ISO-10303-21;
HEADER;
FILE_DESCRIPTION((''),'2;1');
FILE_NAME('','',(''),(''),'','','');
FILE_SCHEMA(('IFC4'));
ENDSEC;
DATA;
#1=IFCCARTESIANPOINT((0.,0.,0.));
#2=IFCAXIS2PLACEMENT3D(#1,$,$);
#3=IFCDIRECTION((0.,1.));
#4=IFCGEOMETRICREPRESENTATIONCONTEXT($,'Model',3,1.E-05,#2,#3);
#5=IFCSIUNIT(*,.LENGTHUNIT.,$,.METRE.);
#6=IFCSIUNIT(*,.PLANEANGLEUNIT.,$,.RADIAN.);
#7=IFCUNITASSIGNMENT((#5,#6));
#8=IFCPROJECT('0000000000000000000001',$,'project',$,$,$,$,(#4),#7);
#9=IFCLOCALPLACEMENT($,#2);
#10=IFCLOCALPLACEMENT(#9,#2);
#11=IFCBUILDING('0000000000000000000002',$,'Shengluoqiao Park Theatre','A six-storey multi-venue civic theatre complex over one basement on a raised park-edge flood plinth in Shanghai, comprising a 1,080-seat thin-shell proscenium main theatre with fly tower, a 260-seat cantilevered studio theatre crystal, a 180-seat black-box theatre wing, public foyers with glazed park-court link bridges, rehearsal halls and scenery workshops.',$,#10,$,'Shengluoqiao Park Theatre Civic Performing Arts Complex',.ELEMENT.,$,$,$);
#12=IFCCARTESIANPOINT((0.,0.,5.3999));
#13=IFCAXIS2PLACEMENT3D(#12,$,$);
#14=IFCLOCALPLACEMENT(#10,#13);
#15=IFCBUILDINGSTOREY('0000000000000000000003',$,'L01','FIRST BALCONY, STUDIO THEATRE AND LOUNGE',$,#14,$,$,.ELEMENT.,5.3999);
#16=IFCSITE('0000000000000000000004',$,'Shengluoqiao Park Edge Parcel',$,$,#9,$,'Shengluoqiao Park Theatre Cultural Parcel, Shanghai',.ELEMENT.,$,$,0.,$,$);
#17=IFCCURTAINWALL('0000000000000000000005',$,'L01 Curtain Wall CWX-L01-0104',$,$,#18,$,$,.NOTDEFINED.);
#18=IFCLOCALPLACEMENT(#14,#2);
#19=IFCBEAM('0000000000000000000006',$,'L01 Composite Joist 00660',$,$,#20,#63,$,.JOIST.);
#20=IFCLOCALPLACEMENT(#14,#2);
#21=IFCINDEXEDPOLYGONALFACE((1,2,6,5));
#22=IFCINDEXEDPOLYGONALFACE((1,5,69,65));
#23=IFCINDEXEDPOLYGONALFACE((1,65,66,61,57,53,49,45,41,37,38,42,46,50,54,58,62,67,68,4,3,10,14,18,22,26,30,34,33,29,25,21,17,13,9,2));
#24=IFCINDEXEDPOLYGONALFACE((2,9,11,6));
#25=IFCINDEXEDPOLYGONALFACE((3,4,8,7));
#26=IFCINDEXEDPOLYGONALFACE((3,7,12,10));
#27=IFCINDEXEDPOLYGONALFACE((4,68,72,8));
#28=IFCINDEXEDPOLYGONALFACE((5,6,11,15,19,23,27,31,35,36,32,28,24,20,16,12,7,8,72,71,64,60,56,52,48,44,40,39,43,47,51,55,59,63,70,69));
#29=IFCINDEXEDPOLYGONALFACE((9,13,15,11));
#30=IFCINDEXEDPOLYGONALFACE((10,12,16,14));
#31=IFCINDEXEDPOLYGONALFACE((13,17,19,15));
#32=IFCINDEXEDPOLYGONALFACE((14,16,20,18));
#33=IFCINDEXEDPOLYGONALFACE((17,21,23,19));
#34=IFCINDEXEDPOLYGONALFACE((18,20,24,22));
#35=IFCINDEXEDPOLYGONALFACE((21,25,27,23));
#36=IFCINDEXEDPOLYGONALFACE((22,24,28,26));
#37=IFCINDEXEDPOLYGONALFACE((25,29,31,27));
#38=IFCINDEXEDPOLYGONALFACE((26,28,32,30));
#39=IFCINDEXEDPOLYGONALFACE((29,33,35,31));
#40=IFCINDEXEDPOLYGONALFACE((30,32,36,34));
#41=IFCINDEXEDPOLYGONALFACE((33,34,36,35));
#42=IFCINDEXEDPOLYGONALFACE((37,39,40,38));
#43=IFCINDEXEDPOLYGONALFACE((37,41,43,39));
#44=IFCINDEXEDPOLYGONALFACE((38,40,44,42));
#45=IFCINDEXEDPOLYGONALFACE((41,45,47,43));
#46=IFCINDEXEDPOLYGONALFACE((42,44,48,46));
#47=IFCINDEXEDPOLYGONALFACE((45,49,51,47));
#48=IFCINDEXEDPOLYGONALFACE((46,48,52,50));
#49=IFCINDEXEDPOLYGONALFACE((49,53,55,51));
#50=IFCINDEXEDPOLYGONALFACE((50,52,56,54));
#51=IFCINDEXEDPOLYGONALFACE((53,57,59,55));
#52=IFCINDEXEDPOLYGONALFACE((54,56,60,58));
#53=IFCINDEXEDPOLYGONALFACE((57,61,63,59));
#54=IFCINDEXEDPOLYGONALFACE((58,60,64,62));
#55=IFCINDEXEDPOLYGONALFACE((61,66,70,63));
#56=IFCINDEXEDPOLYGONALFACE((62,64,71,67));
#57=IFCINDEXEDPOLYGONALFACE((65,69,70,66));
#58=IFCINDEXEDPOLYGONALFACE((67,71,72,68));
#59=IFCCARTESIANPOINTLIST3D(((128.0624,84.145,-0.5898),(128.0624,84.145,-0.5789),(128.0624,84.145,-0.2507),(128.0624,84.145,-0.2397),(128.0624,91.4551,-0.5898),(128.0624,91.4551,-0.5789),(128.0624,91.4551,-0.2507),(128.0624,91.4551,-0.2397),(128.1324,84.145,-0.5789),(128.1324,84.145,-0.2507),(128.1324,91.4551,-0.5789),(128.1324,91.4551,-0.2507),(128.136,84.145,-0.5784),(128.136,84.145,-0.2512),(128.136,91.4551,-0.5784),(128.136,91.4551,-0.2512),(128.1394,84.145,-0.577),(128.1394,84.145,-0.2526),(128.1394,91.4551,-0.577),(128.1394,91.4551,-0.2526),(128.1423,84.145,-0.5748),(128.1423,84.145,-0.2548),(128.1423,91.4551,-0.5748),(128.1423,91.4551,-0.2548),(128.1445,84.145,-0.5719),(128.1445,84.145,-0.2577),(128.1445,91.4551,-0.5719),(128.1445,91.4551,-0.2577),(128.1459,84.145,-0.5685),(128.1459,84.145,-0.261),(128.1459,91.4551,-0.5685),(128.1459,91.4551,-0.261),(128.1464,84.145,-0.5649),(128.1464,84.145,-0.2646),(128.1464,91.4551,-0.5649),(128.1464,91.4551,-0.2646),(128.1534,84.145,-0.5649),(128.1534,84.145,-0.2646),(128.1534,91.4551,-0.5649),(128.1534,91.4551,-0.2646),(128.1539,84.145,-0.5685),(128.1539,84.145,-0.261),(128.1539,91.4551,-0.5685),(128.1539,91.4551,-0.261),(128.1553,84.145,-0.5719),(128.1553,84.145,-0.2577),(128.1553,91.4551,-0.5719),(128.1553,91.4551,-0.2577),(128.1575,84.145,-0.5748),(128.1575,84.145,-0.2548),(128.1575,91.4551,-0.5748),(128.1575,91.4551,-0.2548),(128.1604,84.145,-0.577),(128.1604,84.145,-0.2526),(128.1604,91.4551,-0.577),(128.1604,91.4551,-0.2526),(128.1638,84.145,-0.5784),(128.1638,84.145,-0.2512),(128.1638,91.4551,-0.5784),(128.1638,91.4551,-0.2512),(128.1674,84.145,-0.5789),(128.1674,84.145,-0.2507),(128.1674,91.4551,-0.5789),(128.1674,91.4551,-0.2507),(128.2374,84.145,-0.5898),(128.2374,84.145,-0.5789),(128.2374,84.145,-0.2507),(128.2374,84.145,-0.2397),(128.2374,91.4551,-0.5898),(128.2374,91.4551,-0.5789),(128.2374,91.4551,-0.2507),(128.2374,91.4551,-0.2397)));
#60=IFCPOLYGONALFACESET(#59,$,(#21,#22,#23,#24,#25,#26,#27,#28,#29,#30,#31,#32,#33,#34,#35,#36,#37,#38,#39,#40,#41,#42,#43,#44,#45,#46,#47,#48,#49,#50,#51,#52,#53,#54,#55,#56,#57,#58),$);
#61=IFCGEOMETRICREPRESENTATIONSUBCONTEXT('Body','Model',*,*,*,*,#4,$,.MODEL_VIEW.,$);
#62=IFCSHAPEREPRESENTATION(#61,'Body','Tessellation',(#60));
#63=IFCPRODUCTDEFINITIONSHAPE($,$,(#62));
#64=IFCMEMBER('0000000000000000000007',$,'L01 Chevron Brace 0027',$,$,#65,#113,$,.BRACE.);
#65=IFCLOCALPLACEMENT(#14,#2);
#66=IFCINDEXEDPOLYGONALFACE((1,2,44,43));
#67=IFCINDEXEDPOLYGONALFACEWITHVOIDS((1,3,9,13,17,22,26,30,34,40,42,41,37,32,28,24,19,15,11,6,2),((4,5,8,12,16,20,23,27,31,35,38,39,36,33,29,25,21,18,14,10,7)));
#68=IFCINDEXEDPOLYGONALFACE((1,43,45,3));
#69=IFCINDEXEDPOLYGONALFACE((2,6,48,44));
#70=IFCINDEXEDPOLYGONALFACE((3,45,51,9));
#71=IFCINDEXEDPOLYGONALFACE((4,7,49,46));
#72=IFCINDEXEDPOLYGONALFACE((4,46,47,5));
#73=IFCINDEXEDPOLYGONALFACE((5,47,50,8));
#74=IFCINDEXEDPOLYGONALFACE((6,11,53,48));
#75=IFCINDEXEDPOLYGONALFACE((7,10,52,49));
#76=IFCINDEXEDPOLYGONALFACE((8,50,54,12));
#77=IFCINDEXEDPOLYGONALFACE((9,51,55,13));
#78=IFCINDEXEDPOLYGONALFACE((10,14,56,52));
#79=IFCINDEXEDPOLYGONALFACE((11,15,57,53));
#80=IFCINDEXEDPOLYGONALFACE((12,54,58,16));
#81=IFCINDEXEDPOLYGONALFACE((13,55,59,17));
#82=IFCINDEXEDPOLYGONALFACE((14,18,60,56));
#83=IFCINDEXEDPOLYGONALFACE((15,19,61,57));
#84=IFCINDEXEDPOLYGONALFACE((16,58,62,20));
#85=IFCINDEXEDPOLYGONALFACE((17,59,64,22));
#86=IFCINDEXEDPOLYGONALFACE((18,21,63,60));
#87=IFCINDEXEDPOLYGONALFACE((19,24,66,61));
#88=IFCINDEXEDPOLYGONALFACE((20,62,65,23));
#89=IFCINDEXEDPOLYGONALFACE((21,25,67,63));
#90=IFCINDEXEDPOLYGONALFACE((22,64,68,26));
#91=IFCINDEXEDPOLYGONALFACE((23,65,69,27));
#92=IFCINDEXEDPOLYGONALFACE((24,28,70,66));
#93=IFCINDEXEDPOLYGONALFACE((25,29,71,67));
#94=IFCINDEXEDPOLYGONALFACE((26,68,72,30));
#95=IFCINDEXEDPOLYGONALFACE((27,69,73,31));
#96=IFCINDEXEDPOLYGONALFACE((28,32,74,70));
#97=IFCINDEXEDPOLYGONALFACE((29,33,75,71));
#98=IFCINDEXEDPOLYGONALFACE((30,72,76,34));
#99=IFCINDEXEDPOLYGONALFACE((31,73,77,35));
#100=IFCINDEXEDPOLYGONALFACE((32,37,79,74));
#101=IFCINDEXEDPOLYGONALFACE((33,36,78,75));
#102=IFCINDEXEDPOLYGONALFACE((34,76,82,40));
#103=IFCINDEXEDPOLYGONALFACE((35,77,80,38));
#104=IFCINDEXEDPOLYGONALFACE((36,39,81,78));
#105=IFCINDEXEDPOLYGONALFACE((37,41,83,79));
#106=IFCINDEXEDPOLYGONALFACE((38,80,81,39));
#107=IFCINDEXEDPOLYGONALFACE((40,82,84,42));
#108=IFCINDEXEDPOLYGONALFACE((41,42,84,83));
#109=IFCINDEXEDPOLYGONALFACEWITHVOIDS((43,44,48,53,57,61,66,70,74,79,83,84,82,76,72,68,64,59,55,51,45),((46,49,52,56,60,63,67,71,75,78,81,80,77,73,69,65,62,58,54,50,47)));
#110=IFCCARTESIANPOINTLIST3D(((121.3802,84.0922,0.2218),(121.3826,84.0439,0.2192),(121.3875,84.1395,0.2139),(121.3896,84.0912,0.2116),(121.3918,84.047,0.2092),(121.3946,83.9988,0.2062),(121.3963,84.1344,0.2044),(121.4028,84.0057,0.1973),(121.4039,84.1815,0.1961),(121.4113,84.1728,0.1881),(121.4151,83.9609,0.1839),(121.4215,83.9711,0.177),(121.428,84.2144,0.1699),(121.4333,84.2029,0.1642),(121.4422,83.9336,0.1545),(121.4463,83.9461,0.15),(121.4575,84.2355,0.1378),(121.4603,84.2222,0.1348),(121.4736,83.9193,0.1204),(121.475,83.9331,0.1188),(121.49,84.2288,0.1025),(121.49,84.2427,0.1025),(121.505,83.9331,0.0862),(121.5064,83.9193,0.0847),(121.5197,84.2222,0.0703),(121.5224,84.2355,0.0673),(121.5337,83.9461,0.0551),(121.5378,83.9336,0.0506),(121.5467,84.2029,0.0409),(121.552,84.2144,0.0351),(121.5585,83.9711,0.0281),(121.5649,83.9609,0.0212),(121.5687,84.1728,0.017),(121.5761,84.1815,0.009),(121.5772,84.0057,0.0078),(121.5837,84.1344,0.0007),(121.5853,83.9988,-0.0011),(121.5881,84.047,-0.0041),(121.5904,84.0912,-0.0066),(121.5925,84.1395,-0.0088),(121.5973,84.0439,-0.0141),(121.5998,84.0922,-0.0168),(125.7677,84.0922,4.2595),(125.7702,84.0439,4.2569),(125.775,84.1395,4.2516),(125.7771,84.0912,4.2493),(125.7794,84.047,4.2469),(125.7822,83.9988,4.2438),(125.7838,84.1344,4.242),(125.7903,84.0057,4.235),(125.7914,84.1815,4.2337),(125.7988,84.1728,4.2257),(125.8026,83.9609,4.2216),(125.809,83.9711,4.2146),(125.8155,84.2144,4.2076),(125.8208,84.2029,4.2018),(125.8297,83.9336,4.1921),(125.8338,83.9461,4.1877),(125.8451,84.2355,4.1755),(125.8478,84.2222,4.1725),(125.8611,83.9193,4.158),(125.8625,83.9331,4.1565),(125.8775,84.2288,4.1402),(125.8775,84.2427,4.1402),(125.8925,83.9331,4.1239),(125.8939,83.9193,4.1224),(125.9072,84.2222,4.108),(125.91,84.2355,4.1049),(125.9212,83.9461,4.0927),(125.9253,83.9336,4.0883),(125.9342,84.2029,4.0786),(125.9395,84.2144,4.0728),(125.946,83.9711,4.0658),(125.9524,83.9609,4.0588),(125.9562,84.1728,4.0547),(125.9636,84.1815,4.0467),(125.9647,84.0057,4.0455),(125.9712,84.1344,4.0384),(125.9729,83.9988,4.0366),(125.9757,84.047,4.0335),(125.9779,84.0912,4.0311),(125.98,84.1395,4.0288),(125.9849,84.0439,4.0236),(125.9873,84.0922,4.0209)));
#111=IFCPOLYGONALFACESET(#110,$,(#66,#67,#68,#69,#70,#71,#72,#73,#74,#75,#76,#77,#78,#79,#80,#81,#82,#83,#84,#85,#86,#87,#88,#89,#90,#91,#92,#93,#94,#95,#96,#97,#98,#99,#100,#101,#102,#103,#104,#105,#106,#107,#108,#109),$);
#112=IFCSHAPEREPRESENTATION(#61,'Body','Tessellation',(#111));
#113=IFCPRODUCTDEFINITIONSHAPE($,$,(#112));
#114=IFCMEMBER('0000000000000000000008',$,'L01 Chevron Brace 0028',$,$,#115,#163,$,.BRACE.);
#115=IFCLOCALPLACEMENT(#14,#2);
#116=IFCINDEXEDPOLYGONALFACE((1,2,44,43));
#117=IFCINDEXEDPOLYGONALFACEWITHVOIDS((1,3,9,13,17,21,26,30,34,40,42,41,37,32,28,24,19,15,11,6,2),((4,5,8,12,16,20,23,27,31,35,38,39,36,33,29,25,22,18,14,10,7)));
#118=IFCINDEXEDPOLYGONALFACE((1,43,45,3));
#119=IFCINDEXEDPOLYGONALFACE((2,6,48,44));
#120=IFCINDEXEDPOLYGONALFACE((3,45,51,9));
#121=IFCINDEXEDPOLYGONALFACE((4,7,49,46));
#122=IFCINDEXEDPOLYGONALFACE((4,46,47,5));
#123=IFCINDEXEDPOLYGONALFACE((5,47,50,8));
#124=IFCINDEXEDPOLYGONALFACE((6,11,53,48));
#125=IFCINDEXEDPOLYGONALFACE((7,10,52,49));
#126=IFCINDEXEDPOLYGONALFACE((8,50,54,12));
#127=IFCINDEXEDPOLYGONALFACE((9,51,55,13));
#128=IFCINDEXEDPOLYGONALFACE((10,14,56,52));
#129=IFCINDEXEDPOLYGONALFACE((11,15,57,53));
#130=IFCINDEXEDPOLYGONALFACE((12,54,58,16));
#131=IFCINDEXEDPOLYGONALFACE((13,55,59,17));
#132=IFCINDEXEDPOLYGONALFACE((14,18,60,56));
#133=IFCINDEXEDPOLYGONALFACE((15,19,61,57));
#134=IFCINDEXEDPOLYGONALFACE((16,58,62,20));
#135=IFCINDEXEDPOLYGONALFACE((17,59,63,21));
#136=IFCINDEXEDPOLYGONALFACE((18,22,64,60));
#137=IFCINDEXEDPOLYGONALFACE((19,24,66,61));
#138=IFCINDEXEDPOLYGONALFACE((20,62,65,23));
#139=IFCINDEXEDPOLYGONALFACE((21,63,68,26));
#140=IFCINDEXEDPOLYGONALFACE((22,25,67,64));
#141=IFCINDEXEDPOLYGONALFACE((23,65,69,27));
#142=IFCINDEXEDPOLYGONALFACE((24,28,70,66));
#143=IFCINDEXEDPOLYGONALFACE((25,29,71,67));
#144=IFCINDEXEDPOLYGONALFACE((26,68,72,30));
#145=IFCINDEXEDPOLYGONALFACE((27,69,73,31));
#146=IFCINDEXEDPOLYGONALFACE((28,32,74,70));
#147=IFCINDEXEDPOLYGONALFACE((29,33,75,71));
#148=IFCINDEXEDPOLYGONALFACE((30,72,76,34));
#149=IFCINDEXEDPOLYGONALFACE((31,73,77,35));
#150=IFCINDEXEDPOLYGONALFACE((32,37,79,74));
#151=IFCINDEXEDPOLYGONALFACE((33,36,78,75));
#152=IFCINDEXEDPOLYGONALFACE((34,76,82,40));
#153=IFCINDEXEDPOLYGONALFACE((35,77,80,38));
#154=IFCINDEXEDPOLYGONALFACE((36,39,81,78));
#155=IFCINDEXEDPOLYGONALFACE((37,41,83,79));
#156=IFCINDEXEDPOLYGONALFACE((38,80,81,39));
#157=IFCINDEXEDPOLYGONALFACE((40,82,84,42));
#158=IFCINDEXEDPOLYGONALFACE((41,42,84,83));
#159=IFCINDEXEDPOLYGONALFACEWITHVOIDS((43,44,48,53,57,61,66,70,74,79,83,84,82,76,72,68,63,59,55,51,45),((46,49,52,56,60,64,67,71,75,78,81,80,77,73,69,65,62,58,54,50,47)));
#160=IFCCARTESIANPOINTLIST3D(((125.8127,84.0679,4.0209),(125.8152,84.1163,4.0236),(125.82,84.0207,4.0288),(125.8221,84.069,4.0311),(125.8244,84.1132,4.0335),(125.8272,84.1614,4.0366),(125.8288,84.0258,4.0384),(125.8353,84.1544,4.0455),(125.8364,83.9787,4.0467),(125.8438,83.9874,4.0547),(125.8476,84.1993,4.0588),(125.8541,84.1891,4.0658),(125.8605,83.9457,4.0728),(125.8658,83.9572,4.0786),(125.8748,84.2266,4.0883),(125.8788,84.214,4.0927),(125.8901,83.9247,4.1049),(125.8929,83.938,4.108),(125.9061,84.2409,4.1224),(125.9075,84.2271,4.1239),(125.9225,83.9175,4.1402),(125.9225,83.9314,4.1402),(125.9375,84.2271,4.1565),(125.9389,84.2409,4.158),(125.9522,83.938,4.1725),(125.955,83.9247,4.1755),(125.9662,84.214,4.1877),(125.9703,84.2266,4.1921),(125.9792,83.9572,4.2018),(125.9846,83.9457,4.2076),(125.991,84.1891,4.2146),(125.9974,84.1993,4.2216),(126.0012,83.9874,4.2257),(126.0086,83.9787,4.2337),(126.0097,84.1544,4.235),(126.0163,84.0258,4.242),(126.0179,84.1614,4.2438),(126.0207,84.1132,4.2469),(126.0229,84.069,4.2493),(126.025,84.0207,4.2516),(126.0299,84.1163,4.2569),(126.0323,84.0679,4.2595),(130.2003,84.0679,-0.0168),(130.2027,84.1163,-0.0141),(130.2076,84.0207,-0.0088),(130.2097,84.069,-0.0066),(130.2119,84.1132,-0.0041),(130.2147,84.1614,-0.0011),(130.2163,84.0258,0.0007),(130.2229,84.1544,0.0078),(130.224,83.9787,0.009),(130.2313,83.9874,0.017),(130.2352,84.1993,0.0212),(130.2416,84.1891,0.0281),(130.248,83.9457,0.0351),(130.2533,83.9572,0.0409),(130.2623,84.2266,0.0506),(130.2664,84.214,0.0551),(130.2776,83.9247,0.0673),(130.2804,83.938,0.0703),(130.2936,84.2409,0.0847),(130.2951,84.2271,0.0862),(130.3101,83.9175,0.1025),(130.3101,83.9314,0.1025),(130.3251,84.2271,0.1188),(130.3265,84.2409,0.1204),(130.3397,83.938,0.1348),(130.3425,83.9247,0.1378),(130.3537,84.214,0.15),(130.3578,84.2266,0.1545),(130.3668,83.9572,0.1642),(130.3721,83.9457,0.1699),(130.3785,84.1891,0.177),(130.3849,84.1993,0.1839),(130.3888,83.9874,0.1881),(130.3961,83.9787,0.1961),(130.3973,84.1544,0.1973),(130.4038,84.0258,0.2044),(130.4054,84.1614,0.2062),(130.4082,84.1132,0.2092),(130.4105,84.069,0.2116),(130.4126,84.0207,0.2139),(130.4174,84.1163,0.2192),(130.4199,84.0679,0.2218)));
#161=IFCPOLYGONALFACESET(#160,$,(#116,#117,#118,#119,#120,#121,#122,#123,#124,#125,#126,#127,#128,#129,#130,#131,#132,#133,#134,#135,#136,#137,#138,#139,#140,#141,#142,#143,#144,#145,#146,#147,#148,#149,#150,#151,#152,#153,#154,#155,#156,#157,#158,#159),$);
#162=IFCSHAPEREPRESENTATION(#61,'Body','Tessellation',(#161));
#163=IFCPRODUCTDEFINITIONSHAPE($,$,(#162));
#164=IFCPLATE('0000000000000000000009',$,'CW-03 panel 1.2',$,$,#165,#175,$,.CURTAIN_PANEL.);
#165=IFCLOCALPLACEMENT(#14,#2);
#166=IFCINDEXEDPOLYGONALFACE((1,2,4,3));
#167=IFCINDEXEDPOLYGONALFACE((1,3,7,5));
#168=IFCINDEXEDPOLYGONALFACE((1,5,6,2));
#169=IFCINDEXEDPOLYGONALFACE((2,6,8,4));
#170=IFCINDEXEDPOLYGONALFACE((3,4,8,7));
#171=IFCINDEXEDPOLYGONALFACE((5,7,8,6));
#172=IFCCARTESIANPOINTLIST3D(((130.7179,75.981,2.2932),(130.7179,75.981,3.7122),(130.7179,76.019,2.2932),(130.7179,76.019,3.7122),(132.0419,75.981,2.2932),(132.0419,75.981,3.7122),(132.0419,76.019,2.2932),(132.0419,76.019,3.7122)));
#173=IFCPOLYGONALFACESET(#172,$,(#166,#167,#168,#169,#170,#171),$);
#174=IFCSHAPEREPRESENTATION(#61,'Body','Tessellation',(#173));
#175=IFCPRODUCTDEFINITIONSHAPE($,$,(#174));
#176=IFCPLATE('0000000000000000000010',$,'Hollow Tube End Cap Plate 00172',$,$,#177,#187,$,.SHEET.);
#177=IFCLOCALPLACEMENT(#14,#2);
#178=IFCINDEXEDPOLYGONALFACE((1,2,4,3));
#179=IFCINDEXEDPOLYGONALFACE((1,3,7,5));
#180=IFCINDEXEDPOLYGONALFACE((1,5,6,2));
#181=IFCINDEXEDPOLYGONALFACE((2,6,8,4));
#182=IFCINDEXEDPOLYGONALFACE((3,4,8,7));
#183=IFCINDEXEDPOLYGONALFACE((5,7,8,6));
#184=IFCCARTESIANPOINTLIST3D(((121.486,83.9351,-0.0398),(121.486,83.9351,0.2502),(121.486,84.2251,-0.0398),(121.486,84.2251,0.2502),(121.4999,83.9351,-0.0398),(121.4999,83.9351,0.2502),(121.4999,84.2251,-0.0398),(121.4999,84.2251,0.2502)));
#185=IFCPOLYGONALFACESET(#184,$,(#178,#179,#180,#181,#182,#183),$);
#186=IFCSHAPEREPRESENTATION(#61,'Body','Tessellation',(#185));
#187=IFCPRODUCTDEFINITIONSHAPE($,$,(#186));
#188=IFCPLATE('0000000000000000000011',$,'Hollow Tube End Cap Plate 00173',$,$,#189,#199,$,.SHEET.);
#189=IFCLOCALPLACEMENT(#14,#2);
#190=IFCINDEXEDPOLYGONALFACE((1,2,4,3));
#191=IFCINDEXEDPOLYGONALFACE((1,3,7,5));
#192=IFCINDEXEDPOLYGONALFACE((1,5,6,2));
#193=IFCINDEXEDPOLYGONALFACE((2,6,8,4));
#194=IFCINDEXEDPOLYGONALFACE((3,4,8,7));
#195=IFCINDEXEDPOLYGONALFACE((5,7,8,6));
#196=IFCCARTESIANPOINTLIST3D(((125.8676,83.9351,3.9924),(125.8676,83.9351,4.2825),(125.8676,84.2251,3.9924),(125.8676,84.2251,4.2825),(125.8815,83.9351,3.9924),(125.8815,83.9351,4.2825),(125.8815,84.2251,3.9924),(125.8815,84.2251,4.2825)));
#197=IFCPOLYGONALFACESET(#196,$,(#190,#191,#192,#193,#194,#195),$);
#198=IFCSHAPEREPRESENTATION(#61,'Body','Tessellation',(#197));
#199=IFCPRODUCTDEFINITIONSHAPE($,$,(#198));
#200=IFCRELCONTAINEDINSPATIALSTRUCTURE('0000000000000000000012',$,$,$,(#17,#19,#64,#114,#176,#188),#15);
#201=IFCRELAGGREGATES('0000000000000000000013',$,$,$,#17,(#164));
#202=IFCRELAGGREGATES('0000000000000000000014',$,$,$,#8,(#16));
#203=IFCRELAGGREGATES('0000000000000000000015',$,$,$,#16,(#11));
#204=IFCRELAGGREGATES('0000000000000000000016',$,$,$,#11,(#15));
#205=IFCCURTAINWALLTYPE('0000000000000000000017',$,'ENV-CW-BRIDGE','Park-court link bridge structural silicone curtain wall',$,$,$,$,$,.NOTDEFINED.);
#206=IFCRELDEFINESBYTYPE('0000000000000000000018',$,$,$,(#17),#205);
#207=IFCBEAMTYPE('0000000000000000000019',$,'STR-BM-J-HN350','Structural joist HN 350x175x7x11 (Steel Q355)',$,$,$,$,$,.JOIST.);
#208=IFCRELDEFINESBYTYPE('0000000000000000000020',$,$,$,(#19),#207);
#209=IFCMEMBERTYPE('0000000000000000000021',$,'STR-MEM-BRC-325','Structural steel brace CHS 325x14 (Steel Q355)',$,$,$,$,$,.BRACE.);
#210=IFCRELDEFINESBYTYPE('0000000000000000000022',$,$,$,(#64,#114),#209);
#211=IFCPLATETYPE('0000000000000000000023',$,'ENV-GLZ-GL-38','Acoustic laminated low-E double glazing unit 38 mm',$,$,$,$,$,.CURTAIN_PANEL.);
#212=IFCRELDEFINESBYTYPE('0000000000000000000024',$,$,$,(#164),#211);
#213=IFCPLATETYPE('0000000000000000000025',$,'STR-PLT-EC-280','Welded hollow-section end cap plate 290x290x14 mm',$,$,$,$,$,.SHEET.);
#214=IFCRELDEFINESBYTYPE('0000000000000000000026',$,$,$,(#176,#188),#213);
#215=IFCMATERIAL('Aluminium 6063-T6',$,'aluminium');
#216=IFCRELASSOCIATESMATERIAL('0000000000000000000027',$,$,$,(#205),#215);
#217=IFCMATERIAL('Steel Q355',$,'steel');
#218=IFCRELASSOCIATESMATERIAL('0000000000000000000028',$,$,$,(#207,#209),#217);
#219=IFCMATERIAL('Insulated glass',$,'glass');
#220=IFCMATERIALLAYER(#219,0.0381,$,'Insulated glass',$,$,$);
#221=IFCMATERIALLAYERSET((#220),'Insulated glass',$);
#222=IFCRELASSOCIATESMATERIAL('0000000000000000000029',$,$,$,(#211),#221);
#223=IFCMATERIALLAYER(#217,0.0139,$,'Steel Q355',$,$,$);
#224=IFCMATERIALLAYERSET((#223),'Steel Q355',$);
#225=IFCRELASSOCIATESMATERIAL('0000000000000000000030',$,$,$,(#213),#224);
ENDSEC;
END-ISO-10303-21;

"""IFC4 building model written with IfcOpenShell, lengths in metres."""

from ifc_helpers import new_model, si_unit, direction, frame, origin, origin_2d, place, context, subcontext, project, spatial, rectangle, hollow_circle, i_section, extrude, material, layer, layer_set, material_profile, profile_set, type_object, element, aggregate, save


model = new_model("IFC4")

# Units and contexts
model_context = context("Model", 3, precision=1e-05, world=origin(), true_north=direction((0.0, 1.0)))
body_context = subcontext(model_context, "Body", "Model", "MODEL_VIEW")
ifc_project = project(units=[si_unit("LENGTHUNIT", "METRE"), si_unit("PLANEANGLEUNIT", "RADIAN")], contexts=[model_context])

# Site, building, storey
site_placement = place(None, origin())
site = spatial("IfcSite", under=ifc_project, at=site_placement, Name="Shengluoqiao Park Edge Parcel", LongName="Shengluoqiao Park Theatre Cultural Parcel, Shanghai", CompositionType="ELEMENT", RefElevation=0.0)
building_placement = place(site_placement, origin())
building = spatial("IfcBuilding", under=site, at=building_placement, Name="Shengluoqiao Park Theatre", Description="A six-storey multi-venue civic theatre complex over one basement on a raised park-edge flood plinth in Shanghai, comprising a 1,080-seat thin-shell proscenium main theatre with fly tower, a 260-seat cantilevered studio theatre crystal, a 180-seat black-box theatre wing, public foyers with glazed park-court link bridges, rehearsal halls and scenery workshops.", LongName="Shengluoqiao Park Theatre Civic Performing Arts Complex", CompositionType="ELEMENT")
storey_placement = place(building_placement, frame((0.0, 0.0, 5.3999)))
storey = spatial("IfcBuildingStorey", under=building, at=storey_placement, Name="L01", Description="FIRST BALCONY, STUDIO THEATRE AND LOUNGE", CompositionType="ELEMENT", Elevation=5.3999)

# Curtain wall
ifc_material_1 = material(Name="Aluminium 6063-T6", Category="aluminium")
curtain_wall_type = type_object("IfcCurtainWallType", Name="ENV-CW-BRIDGE", Description="Park-court link bridge structural silicone curtain wall", PredefinedType="NOTDEFINED", material=ifc_material_1)
curtain_wall_placement = place(storey_placement, origin())
curtain_wall = element("IfcCurtainWall", 1, at=curtain_wall_placement, inside=storey, type_object=curtain_wall_type, Name="L01 Curtain Wall CWX-L01-0104", PredefinedType="NOTDEFINED")

# Beam
ifc_material_2 = material(Name="Steel Q355", Category="steel")
ifc_material_profile_1 = material_profile(ifc_material_2, i_section(OverallWidth=0.175, OverallDepth=0.3501, WebThickness=0.0071, FlangeThickness=0.011, FilletRadius=0.0139, at=origin_2d()), Name="HN 350x175x7x11")
ifc_profile_set_1 = profile_set([ifc_material_profile_1], Name="Steel Q355")
beam_type_1 = type_object("IfcBeamType", Name="STR-BM-J-HN350", Description="Structural joist HN 350x175x7x11 (Steel Q355)", PredefinedType="JOIST", material=ifc_profile_set_1)
for number, where, z_axis, x_axis, name in (
    (2, (128.1499, 84.145, -0.4148), (0.0, 1.0, 0.0), (-1.0, 0.0, 0.0), "L01 Composite Joist 00660"),
):
    element("IfcBeam", number, at=place(storey_placement, frame(where, z_axis=z_axis, x_axis=x_axis)), inside=storey, type_object=beam_type_1, Name=name, PredefinedType="JOIST", context=body_context, shape_type="SweptSolid", body=[
        extrude(i_section(OverallWidth=0.175, OverallDepth=0.3501, WebThickness=0.0071, FlangeThickness=0.011, FilletRadius=0.0139, at=origin_2d()), origin(), (0.0, 0.0, 1.0), 7.3101),
    ])

# Members
ifc_material_profile_2 = material_profile(ifc_material_2, hollow_circle(Radius=0.1626, WallThickness=0.0139, at=origin_2d()), Name="CHS 325x14")
ifc_profile_set_2 = profile_set([ifc_material_profile_2], Name="Steel Q355")
member_type_1 = type_object("IfcMemberType", Name="STR-MEM-BRC-325", Description="Structural steel brace CHS 325x14 (Steel Q355)", PredefinedType="BRACE", material=ifc_profile_set_2)
for number, where, z_axis, x_axis, name in (
    (3, (121.49, 84.0801, 0.1025), (0.735836, 0.0, 0.67716), (0.0, 1.0, 0.0), "L01 Chevron Brace 0027"),
    (4, (130.3101, 84.0801, 0.1025), (-0.735836, 0.0, 0.67716), (0.0, -1.0, 0.0), "L01 Chevron Brace 0028"),
):
    element("IfcMember", number, at=place(storey_placement, frame(where, z_axis=z_axis, x_axis=x_axis)), inside=storey, type_object=member_type_1, Name=name, PredefinedType="BRACE", context=body_context, shape_type="SweptSolid", body=[
        extrude(hollow_circle(Radius=0.1626, WallThickness=0.0139, at=origin_2d()), origin(), (0.0, 0.0, 1.0), 5.9626),
    ])

# Plate
ifc_material_3 = material(Name="Insulated glass", Category="glass")
ifc_layer_1 = layer(ifc_material_3, 0.0381, Name="Insulated glass")
ifc_layer_set_1 = layer_set([ifc_layer_1], Name="Insulated glass")
plate_type_1 = type_object("IfcPlateType", Name="ENV-GLZ-GL-38", Description="Acoustic laminated low-E double glazing unit 38 mm", PredefinedType="CURTAIN_PANEL", material=ifc_layer_set_1)
plate_placement = place(storey_placement, frame((131.3799, 76.0, 2.2932), z_axis=(0.0, 0.0, 1.0), x_axis=(1.0, 0.0, 0.0)))
plate = element("IfcPlate", 5, at=plate_placement, type_object=plate_type_1, Name="CW-03 panel 1.2", PredefinedType="CURTAIN_PANEL", context=body_context, shape_type="SweptSolid", body=[
    extrude(rectangle(XDim=1.324, YDim=0.0381, at=origin_2d()), origin(), (0.0, 0.0, 1.0), 1.4189),
])
aggregate(curtain_wall, [plate])

# Plates
ifc_layer_2 = layer(ifc_material_2, 0.0139, Name="Steel Q355")
ifc_layer_set_2 = layer_set([ifc_layer_2], Name="Steel Q355")
plate_type_2 = type_object("IfcPlateType", Name="STR-PLT-EC-280", Description="Welded hollow-section end cap plate 290x290x14 mm", PredefinedType="SHEET", material=ifc_layer_set_2)
for number, where, z_axis, x_axis, name in (
    (6, (121.4929, 84.0801, -0.0398), (0.0, 0.0, 1.0), (1.0, 0.0, 0.0), "Hollow Tube End Cap Plate 00172"),
    (7, (125.8745, 84.0801, 3.9924), (0.0, 0.0, 1.0), (1.0, 0.0, 0.0), "Hollow Tube End Cap Plate 00173"),
):
    element("IfcPlate", number, at=place(storey_placement, frame(where, z_axis=z_axis, x_axis=x_axis)), inside=storey, type_object=plate_type_2, Name=name, PredefinedType="SHEET", context=body_context, shape_type="SweptSolid", body=[
        extrude(rectangle(XDim=0.0139, YDim=0.29, at=origin_2d()), origin(), (0.0, 0.0, 1.0), 0.29),
    ])

save(model, "model.ifc")
